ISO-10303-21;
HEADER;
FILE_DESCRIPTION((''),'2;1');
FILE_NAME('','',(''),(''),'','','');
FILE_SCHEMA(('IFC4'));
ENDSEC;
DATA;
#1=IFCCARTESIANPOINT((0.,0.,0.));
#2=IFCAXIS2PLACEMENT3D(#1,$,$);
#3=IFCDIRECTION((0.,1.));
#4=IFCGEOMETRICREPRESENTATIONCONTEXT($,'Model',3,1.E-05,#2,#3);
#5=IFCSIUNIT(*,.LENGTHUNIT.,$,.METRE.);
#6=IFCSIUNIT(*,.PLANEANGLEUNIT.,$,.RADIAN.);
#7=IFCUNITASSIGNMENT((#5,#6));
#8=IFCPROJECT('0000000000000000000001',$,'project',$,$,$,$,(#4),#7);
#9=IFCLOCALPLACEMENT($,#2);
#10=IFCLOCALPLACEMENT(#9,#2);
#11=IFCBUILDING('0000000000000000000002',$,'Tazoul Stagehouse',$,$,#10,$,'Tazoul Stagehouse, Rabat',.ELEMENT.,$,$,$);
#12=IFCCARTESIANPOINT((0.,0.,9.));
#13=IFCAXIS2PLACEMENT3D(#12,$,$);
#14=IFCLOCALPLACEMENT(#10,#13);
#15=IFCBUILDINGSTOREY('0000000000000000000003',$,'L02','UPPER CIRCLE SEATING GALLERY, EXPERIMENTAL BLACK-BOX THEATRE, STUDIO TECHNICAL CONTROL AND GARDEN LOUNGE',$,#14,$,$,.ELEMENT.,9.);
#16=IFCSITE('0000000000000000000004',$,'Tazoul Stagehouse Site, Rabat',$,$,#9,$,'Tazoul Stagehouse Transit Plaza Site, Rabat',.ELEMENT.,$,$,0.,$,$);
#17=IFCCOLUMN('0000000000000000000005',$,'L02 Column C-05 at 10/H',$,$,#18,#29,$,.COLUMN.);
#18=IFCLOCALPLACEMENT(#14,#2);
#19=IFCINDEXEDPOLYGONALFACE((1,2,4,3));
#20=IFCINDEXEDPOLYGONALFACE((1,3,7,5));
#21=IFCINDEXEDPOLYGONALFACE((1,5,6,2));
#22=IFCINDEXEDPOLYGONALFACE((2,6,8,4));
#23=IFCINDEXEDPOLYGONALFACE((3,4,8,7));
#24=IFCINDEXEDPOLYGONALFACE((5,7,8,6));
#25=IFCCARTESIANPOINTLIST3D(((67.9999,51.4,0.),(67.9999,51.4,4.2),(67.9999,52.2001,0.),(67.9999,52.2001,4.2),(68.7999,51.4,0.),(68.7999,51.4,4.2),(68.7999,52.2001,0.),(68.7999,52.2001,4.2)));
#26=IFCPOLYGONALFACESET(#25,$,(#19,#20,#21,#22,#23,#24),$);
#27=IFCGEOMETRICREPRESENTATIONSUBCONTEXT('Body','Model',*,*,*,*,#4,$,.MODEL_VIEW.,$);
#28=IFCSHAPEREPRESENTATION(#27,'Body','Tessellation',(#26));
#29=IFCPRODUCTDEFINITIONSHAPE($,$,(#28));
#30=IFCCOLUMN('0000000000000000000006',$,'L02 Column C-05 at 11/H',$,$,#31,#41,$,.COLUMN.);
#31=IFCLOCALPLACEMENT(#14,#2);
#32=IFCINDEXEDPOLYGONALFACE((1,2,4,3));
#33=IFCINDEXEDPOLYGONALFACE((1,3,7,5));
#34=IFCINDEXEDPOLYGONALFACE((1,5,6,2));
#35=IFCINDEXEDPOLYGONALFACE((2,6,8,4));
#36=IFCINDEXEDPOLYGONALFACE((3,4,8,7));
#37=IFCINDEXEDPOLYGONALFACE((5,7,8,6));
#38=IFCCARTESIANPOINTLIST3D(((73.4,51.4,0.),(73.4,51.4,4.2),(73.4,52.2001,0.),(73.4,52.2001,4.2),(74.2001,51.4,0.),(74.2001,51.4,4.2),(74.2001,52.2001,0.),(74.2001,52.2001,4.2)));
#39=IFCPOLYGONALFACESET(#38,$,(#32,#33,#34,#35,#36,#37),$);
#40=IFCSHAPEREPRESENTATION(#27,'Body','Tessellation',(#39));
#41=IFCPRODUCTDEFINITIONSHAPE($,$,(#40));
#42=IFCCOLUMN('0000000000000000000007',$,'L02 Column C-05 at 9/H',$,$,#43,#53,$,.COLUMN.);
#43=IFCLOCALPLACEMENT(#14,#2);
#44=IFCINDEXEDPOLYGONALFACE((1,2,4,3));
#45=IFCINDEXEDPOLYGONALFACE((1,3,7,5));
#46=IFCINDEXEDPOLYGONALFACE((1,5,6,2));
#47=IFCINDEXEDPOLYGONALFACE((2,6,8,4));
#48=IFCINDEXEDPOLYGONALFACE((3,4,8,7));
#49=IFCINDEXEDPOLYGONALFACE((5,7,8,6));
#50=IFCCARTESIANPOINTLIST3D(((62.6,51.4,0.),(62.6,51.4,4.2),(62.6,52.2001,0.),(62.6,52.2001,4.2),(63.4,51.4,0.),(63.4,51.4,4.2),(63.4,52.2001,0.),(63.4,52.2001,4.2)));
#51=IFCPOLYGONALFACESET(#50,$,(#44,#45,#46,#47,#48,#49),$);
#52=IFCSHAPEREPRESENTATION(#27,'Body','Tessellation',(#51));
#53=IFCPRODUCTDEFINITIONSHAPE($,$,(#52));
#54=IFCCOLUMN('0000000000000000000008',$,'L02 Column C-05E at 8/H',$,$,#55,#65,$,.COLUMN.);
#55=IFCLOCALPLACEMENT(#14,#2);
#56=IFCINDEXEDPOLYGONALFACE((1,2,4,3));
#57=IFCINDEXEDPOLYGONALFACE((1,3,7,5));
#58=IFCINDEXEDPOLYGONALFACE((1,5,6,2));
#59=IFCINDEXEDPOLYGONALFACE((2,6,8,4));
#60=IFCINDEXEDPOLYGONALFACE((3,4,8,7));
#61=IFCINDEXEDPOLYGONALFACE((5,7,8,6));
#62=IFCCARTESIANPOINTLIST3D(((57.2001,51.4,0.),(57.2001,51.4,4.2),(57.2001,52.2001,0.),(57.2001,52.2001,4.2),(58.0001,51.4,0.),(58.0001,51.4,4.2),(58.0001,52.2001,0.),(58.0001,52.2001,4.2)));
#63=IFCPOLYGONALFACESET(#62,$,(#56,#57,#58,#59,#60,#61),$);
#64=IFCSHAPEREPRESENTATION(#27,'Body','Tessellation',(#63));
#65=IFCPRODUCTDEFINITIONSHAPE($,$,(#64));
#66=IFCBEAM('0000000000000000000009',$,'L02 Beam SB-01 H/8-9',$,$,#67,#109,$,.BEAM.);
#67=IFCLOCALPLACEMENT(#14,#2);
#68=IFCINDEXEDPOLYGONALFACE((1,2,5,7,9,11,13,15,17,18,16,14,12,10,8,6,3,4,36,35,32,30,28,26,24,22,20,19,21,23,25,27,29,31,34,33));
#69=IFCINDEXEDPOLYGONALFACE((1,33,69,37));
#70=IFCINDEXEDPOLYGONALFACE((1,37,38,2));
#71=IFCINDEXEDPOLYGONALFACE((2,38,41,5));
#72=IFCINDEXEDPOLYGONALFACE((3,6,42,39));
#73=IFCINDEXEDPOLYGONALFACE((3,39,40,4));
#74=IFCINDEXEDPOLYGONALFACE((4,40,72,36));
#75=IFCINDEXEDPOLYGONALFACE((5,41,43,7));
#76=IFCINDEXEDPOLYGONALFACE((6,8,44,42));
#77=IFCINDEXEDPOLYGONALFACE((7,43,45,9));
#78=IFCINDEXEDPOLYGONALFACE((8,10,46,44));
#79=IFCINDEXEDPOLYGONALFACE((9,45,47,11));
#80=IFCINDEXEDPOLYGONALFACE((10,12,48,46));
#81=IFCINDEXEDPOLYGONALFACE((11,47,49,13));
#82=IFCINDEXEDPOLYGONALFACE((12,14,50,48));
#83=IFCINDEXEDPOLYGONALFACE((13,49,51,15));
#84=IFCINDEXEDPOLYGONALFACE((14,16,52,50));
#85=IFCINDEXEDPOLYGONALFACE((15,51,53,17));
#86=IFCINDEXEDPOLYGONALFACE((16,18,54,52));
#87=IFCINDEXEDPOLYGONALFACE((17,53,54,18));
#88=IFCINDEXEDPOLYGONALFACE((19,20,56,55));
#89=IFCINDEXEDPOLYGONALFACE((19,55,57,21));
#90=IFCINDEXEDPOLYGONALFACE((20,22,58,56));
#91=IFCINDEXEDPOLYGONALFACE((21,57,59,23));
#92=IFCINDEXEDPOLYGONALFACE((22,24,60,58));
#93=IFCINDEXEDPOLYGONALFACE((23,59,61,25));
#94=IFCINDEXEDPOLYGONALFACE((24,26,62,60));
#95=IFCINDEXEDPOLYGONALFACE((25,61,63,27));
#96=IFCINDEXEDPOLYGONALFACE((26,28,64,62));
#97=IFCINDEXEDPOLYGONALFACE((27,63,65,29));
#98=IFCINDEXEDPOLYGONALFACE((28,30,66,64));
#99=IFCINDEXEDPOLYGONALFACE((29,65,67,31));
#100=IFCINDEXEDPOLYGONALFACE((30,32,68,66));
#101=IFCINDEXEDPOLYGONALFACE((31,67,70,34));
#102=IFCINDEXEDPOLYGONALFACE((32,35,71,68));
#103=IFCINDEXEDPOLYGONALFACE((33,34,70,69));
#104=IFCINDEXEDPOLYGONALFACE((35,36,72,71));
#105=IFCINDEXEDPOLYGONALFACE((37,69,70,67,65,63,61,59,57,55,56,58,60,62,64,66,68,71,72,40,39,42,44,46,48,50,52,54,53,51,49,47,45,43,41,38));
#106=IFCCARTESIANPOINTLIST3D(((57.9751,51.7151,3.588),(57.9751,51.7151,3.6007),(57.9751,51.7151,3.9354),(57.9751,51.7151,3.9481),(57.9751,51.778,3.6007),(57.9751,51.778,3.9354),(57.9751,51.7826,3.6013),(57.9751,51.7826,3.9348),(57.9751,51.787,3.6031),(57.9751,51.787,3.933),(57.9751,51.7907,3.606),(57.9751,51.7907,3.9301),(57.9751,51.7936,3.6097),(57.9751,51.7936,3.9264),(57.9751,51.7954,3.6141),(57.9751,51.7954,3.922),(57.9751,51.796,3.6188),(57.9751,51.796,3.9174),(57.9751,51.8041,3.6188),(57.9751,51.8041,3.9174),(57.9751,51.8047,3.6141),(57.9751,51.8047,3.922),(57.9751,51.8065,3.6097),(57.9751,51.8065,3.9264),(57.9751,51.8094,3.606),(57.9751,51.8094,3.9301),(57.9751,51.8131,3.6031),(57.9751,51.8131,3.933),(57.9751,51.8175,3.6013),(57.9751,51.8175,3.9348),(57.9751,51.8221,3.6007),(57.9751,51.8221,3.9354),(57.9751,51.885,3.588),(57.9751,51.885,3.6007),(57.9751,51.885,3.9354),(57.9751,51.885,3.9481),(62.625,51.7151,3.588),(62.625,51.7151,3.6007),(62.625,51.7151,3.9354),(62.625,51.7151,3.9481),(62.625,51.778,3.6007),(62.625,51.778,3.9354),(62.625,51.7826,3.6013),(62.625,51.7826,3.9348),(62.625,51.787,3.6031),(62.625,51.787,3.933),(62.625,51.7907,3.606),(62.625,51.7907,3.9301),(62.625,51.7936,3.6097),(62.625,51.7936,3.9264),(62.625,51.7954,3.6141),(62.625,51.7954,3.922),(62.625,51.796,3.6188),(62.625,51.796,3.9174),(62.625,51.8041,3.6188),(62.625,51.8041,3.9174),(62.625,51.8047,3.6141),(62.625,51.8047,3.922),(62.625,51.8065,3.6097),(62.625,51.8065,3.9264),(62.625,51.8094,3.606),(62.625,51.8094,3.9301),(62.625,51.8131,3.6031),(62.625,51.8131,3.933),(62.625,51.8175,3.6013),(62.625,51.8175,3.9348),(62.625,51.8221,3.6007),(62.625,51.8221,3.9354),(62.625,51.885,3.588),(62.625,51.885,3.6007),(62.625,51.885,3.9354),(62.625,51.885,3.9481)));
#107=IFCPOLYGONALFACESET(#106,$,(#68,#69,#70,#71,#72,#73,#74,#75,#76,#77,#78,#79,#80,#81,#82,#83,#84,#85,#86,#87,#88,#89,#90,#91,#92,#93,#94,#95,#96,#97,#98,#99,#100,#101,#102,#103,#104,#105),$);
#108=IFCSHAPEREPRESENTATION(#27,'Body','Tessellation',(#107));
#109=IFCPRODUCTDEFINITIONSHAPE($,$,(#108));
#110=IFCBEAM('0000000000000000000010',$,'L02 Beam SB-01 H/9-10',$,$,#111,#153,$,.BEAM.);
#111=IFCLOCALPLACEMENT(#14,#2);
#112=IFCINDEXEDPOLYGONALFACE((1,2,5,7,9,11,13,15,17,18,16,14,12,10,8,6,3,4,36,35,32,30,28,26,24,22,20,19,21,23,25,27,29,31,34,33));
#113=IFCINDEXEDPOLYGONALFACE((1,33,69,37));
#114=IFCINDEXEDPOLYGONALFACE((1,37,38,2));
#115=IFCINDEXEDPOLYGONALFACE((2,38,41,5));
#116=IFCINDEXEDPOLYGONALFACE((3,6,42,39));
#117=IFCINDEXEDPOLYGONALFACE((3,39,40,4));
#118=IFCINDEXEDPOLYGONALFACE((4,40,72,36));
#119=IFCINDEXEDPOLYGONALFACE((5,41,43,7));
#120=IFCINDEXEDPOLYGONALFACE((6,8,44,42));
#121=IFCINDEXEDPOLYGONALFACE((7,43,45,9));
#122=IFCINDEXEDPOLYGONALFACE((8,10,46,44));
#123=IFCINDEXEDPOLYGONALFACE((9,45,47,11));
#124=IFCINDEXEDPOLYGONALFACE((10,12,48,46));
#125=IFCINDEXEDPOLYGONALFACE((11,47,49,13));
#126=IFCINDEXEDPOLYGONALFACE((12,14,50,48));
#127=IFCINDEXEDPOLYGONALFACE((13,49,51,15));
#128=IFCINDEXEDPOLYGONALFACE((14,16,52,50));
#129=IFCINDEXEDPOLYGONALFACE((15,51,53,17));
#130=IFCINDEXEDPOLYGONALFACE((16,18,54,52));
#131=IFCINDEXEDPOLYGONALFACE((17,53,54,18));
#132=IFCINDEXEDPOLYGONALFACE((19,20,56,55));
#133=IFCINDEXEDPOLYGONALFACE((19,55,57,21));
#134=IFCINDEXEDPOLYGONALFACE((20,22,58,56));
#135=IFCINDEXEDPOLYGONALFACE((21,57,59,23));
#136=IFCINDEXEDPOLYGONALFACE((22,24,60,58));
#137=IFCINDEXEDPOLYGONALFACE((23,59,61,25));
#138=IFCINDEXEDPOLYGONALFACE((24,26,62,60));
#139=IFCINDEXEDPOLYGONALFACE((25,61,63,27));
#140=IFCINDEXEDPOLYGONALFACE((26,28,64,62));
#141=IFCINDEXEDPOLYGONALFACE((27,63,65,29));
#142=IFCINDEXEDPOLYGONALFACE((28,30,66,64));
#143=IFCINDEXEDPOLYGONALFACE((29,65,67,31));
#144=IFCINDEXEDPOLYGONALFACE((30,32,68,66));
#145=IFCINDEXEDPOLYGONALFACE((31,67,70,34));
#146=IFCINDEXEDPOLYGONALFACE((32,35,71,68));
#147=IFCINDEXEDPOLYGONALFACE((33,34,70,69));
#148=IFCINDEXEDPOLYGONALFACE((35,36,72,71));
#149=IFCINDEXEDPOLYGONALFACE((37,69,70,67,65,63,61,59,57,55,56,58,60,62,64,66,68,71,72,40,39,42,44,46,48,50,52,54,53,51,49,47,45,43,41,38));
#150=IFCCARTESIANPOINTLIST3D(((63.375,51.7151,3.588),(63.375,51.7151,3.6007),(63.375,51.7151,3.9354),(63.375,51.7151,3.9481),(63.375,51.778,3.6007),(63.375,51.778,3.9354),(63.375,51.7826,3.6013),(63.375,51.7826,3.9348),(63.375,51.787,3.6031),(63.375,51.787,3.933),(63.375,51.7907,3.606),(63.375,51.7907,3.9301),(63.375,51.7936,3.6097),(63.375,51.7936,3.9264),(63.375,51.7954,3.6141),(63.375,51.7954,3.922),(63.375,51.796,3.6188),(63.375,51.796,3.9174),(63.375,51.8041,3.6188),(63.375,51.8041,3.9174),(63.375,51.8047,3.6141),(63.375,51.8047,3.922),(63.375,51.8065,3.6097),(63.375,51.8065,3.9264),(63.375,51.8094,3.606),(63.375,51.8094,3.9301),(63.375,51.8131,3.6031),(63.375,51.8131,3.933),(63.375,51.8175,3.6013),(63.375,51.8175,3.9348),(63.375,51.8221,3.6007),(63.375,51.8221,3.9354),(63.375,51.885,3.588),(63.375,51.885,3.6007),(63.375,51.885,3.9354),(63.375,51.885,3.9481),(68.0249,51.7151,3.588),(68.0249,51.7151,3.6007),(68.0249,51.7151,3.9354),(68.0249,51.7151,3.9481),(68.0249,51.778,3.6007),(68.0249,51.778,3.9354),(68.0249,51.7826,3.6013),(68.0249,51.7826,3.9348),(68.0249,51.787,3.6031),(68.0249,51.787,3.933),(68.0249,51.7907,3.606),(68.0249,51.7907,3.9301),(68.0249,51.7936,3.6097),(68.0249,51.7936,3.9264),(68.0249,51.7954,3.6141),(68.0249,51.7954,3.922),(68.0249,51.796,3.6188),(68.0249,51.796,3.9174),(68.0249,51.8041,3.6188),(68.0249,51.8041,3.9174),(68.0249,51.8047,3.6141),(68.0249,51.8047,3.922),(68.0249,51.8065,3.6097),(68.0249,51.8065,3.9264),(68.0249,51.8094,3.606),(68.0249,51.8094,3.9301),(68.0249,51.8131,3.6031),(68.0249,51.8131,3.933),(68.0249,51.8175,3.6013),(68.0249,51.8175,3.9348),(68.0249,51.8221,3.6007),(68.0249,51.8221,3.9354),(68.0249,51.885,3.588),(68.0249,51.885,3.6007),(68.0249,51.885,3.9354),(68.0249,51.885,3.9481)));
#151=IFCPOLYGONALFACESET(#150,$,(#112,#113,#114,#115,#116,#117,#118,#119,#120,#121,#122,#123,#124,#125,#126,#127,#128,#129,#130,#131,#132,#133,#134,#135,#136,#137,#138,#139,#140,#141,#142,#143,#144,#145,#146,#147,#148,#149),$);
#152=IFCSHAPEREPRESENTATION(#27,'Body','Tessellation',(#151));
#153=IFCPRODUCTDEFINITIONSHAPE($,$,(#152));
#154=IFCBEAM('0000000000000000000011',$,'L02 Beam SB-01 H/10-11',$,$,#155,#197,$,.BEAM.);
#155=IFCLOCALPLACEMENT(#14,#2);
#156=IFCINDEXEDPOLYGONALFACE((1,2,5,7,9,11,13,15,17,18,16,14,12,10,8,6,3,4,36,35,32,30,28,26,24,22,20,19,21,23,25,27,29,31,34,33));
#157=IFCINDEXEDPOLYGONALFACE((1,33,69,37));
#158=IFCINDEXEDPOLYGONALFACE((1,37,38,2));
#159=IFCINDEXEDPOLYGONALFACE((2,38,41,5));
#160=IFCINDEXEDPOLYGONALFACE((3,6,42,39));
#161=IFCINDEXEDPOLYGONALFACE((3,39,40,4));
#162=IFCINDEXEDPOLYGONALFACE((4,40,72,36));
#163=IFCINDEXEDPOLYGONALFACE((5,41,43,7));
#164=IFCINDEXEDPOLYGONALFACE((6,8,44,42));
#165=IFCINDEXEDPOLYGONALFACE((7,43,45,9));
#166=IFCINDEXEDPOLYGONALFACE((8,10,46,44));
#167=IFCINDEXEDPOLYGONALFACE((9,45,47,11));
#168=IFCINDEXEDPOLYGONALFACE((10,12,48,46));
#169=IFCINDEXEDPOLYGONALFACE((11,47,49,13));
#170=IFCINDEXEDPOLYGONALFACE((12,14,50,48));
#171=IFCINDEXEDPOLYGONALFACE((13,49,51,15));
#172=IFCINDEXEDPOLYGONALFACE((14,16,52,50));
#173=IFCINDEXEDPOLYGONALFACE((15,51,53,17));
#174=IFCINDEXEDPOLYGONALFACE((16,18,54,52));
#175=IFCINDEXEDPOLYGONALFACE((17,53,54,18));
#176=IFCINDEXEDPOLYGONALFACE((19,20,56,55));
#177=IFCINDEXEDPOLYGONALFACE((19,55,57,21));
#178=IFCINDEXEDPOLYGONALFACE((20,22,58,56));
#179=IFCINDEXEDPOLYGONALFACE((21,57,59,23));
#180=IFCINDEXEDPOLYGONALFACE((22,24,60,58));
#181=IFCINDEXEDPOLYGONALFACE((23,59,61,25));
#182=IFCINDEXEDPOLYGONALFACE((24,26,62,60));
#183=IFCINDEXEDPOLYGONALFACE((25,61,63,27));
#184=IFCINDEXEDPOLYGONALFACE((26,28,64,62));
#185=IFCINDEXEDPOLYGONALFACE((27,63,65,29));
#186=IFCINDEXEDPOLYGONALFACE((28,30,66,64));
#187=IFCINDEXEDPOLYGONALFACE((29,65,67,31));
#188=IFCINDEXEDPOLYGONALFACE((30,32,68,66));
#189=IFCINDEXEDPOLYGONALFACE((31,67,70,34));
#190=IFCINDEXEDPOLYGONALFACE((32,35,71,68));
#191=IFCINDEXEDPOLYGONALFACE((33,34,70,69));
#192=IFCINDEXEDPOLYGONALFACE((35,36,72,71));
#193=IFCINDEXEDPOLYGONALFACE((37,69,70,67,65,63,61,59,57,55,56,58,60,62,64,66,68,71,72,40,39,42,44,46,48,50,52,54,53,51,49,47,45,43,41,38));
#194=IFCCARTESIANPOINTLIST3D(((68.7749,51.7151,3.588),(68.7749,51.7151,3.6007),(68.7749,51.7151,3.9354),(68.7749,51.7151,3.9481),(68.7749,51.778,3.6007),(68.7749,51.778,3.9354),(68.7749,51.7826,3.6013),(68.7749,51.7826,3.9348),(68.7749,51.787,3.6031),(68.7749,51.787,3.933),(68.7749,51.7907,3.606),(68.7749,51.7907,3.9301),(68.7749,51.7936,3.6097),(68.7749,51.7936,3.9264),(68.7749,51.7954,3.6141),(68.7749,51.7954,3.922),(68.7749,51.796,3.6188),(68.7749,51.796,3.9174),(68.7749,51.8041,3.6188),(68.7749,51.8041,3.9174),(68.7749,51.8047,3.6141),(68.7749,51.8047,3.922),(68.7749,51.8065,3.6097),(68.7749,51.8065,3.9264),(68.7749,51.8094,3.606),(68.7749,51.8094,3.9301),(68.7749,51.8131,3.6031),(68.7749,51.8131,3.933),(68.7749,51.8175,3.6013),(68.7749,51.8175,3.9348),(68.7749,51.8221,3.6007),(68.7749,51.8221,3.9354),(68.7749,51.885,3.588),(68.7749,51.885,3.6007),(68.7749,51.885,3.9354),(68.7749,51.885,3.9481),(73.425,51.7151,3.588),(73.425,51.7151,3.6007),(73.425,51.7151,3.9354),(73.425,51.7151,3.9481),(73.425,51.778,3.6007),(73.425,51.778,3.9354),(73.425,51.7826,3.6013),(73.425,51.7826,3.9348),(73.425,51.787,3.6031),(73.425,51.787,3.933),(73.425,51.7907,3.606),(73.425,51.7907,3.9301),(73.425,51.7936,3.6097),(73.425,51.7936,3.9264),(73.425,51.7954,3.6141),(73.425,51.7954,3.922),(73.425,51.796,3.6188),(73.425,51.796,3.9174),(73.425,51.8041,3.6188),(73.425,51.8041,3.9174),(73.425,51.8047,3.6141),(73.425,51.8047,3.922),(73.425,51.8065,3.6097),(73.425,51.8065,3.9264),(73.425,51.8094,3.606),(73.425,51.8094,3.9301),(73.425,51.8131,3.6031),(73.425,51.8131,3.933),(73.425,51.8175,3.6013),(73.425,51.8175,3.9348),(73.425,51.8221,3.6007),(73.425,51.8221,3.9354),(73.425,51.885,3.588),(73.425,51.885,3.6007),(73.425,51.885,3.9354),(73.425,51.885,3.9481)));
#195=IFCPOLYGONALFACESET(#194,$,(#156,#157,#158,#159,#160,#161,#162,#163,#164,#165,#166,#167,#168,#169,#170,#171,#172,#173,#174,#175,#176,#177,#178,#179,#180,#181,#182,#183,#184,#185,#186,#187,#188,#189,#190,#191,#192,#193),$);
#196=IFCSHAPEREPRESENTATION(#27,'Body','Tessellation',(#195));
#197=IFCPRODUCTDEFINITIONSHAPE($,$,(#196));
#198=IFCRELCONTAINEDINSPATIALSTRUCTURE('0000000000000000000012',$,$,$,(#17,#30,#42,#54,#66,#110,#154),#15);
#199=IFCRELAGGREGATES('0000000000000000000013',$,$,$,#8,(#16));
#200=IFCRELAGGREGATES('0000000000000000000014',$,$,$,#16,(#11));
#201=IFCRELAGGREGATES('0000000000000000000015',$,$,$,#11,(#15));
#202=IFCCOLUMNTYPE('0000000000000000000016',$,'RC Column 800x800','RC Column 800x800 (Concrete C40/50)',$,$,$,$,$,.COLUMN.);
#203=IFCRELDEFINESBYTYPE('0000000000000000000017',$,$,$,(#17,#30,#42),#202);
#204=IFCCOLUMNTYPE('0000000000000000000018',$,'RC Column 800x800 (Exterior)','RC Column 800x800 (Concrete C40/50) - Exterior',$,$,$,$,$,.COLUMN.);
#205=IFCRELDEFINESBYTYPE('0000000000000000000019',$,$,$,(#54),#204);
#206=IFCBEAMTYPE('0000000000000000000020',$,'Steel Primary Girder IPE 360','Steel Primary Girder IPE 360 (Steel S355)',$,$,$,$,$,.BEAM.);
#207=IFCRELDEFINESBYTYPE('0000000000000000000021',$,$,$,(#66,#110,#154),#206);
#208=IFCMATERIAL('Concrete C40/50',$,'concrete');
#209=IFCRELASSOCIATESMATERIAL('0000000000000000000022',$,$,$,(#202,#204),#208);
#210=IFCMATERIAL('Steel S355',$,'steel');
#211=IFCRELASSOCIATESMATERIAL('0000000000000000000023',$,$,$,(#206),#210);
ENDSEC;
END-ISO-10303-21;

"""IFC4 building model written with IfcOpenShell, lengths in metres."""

from ifc_helpers import new_model, si_unit, direction, frame, origin, origin_2d, place, context, subcontext, project, spatial, rectangle, i_section, extrude, material, material_profile, profile_set, type_object, element, save


model = new_model("IFC4")

# Units and contexts
model_context = context("Model", 3, precision=1e-05, world=origin(), true_north=direction((0.0, 1.0)))
body_context = subcontext(model_context, "Body", "Model", "MODEL_VIEW")
ifc_project = project(units=[si_unit("LENGTHUNIT", "METRE"), si_unit("PLANEANGLEUNIT", "RADIAN")], contexts=[model_context])

# Site, building, storey
site_placement = place(None, origin())
site = spatial("IfcSite", under=ifc_project, at=site_placement, Name="Tazoul Stagehouse Site, Rabat", LongName="Tazoul Stagehouse Transit Plaza Site, Rabat", CompositionType="ELEMENT", RefElevation=0.0)
building_placement = place(site_placement, origin())
building = spatial("IfcBuilding", under=site, at=building_placement, Name="Tazoul Stagehouse", LongName="Tazoul Stagehouse, Rabat", CompositionType="ELEMENT")
storey_placement = place(building_placement, frame((0.0, 0.0, 9.0)))
storey = spatial("IfcBuildingStorey", under=building, at=storey_placement, Name="L02", Description="UPPER CIRCLE SEATING GALLERY, EXPERIMENTAL BLACK-BOX THEATRE, STUDIO TECHNICAL CONTROL AND GARDEN LOUNGE", CompositionType="ELEMENT", Elevation=9.0)

# Columns
ifc_material_1 = material(Name="Concrete C40/50", Category="concrete")
ifc_material_profile_1 = material_profile(ifc_material_1, rectangle(XDim=0.8, YDim=0.8, at=origin_2d()), Name="RC 800x800")
ifc_profile_set_1 = profile_set([ifc_material_profile_1], Name="Concrete C40/50")
column_type_1 = type_object("IfcColumnType", Name="RC Column 800x800", Description="RC Column 800x800 (Concrete C40/50)", PredefinedType="COLUMN", material=ifc_profile_set_1)
for number, where, z_axis, x_axis, name in (
    (1, (68.3999, 51.8, 0.0), (0.0, 0.0, 1.0), (1.0, 0.0, 0.0), "L02 Column C-05 at 10/H"),
    (2, (73.8, 51.8, 0.0), (0.0, 0.0, 1.0), (1.0, 0.0, 0.0), "L02 Column C-05 at 11/H"),
    (3, (63.0, 51.8, 0.0), (0.0, 0.0, 1.0), (1.0, 0.0, 0.0), "L02 Column C-05 at 9/H"),
):
    element("IfcColumn", number, at=place(storey_placement, frame(where, z_axis=z_axis, x_axis=x_axis)), inside=storey, type_object=column_type_1, Name=name, PredefinedType="COLUMN", context=body_context, shape_type="SweptSolid", body=[
        extrude(rectangle(XDim=0.8, YDim=0.8, at=origin_2d()), origin(), (0.0, 0.0, 1.0), 4.2),
    ])
ifc_material_profile_2 = material_profile(ifc_material_1, rectangle(XDim=0.8, YDim=0.8, at=origin_2d()), Name="RC 800x800")
ifc_profile_set_2 = profile_set([ifc_material_profile_2], Name="Concrete C40/50")
column_type_2 = type_object("IfcColumnType", Name="RC Column 800x800 (Exterior)", Description="RC Column 800x800 (Concrete C40/50) - Exterior", PredefinedType="COLUMN", material=ifc_profile_set_2)
column_placement = place(storey_placement, frame((57.6001, 51.8, 0.0), z_axis=(0.0, 0.0, 1.0), x_axis=(1.0, 0.0, 0.0)))
element("IfcColumn", 4, at=column_placement, inside=storey, type_object=column_type_2, Name="L02 Column C-05E at 8/H", PredefinedType="COLUMN", context=body_context, shape_type="SweptSolid", body=[
    extrude(rectangle(XDim=0.8, YDim=0.8, at=origin_2d()), origin(), (0.0, 0.0, 1.0), 4.2),
])

# Beams
ifc_material_2 = material(Name="Steel S355", Category="steel")
ifc_material_profile_3 = material_profile(ifc_material_2, i_section(OverallWidth=0.1699, OverallDepth=0.3601, WebThickness=0.0081, FlangeThickness=0.0127, FilletRadius=0.0181, at=origin_2d()), Name="IPE 360")
ifc_profile_set_3 = profile_set([ifc_material_profile_3], Name="Steel S355")
beam_type = type_object("IfcBeamType", Name="Steel Primary Girder IPE 360", Description="Steel Primary Girder IPE 360 (Steel S355)", PredefinedType="BEAM", material=ifc_profile_set_3)
for number, where, z_axis, x_axis, name in (
    (5, (57.9751, 51.8, 3.7681), (1.0, 0.0, 0.0), (0.0, 1.0, 0.0), "L02 Beam SB-01 H/8-9"),
    (6, (63.375, 51.8, 3.7681), (1.0, 0.0, 0.0), (0.0, 1.0, 0.0), "L02 Beam SB-01 H/9-10"),
):
    element("IfcBeam", number, at=place(storey_placement, frame(where, z_axis=z_axis, x_axis=x_axis)), inside=storey, type_object=beam_type, Name=name, PredefinedType="BEAM", context=body_context, shape_type="SweptSolid", body=[
        extrude(i_section(OverallWidth=0.1699, OverallDepth=0.3601, WebThickness=0.0081, FlangeThickness=0.0127, FilletRadius=0.0181, at=origin_2d()), origin(), (0.0, 0.0, 1.0), 4.6499),
    ])
beam_1_placement = place(storey_placement, frame((68.7749, 51.8, 3.7681), z_axis=(1.0, 0.0, 0.0), x_axis=(0.0, 1.0, 0.0)))
element("IfcBeam", 7, at=beam_1_placement, inside=storey, type_object=beam_type, Name="L02 Beam SB-01 H/10-11", PredefinedType="BEAM", context=body_context, shape_type="SweptSolid", body=[
    extrude(i_section(OverallWidth=0.1699, OverallDepth=0.3601, WebThickness=0.0081, FlangeThickness=0.0127, FilletRadius=0.0181, at=origin_2d()), origin(), (0.0, 0.0, 1.0), 4.6501),
])

save(model, "model.ifc")
